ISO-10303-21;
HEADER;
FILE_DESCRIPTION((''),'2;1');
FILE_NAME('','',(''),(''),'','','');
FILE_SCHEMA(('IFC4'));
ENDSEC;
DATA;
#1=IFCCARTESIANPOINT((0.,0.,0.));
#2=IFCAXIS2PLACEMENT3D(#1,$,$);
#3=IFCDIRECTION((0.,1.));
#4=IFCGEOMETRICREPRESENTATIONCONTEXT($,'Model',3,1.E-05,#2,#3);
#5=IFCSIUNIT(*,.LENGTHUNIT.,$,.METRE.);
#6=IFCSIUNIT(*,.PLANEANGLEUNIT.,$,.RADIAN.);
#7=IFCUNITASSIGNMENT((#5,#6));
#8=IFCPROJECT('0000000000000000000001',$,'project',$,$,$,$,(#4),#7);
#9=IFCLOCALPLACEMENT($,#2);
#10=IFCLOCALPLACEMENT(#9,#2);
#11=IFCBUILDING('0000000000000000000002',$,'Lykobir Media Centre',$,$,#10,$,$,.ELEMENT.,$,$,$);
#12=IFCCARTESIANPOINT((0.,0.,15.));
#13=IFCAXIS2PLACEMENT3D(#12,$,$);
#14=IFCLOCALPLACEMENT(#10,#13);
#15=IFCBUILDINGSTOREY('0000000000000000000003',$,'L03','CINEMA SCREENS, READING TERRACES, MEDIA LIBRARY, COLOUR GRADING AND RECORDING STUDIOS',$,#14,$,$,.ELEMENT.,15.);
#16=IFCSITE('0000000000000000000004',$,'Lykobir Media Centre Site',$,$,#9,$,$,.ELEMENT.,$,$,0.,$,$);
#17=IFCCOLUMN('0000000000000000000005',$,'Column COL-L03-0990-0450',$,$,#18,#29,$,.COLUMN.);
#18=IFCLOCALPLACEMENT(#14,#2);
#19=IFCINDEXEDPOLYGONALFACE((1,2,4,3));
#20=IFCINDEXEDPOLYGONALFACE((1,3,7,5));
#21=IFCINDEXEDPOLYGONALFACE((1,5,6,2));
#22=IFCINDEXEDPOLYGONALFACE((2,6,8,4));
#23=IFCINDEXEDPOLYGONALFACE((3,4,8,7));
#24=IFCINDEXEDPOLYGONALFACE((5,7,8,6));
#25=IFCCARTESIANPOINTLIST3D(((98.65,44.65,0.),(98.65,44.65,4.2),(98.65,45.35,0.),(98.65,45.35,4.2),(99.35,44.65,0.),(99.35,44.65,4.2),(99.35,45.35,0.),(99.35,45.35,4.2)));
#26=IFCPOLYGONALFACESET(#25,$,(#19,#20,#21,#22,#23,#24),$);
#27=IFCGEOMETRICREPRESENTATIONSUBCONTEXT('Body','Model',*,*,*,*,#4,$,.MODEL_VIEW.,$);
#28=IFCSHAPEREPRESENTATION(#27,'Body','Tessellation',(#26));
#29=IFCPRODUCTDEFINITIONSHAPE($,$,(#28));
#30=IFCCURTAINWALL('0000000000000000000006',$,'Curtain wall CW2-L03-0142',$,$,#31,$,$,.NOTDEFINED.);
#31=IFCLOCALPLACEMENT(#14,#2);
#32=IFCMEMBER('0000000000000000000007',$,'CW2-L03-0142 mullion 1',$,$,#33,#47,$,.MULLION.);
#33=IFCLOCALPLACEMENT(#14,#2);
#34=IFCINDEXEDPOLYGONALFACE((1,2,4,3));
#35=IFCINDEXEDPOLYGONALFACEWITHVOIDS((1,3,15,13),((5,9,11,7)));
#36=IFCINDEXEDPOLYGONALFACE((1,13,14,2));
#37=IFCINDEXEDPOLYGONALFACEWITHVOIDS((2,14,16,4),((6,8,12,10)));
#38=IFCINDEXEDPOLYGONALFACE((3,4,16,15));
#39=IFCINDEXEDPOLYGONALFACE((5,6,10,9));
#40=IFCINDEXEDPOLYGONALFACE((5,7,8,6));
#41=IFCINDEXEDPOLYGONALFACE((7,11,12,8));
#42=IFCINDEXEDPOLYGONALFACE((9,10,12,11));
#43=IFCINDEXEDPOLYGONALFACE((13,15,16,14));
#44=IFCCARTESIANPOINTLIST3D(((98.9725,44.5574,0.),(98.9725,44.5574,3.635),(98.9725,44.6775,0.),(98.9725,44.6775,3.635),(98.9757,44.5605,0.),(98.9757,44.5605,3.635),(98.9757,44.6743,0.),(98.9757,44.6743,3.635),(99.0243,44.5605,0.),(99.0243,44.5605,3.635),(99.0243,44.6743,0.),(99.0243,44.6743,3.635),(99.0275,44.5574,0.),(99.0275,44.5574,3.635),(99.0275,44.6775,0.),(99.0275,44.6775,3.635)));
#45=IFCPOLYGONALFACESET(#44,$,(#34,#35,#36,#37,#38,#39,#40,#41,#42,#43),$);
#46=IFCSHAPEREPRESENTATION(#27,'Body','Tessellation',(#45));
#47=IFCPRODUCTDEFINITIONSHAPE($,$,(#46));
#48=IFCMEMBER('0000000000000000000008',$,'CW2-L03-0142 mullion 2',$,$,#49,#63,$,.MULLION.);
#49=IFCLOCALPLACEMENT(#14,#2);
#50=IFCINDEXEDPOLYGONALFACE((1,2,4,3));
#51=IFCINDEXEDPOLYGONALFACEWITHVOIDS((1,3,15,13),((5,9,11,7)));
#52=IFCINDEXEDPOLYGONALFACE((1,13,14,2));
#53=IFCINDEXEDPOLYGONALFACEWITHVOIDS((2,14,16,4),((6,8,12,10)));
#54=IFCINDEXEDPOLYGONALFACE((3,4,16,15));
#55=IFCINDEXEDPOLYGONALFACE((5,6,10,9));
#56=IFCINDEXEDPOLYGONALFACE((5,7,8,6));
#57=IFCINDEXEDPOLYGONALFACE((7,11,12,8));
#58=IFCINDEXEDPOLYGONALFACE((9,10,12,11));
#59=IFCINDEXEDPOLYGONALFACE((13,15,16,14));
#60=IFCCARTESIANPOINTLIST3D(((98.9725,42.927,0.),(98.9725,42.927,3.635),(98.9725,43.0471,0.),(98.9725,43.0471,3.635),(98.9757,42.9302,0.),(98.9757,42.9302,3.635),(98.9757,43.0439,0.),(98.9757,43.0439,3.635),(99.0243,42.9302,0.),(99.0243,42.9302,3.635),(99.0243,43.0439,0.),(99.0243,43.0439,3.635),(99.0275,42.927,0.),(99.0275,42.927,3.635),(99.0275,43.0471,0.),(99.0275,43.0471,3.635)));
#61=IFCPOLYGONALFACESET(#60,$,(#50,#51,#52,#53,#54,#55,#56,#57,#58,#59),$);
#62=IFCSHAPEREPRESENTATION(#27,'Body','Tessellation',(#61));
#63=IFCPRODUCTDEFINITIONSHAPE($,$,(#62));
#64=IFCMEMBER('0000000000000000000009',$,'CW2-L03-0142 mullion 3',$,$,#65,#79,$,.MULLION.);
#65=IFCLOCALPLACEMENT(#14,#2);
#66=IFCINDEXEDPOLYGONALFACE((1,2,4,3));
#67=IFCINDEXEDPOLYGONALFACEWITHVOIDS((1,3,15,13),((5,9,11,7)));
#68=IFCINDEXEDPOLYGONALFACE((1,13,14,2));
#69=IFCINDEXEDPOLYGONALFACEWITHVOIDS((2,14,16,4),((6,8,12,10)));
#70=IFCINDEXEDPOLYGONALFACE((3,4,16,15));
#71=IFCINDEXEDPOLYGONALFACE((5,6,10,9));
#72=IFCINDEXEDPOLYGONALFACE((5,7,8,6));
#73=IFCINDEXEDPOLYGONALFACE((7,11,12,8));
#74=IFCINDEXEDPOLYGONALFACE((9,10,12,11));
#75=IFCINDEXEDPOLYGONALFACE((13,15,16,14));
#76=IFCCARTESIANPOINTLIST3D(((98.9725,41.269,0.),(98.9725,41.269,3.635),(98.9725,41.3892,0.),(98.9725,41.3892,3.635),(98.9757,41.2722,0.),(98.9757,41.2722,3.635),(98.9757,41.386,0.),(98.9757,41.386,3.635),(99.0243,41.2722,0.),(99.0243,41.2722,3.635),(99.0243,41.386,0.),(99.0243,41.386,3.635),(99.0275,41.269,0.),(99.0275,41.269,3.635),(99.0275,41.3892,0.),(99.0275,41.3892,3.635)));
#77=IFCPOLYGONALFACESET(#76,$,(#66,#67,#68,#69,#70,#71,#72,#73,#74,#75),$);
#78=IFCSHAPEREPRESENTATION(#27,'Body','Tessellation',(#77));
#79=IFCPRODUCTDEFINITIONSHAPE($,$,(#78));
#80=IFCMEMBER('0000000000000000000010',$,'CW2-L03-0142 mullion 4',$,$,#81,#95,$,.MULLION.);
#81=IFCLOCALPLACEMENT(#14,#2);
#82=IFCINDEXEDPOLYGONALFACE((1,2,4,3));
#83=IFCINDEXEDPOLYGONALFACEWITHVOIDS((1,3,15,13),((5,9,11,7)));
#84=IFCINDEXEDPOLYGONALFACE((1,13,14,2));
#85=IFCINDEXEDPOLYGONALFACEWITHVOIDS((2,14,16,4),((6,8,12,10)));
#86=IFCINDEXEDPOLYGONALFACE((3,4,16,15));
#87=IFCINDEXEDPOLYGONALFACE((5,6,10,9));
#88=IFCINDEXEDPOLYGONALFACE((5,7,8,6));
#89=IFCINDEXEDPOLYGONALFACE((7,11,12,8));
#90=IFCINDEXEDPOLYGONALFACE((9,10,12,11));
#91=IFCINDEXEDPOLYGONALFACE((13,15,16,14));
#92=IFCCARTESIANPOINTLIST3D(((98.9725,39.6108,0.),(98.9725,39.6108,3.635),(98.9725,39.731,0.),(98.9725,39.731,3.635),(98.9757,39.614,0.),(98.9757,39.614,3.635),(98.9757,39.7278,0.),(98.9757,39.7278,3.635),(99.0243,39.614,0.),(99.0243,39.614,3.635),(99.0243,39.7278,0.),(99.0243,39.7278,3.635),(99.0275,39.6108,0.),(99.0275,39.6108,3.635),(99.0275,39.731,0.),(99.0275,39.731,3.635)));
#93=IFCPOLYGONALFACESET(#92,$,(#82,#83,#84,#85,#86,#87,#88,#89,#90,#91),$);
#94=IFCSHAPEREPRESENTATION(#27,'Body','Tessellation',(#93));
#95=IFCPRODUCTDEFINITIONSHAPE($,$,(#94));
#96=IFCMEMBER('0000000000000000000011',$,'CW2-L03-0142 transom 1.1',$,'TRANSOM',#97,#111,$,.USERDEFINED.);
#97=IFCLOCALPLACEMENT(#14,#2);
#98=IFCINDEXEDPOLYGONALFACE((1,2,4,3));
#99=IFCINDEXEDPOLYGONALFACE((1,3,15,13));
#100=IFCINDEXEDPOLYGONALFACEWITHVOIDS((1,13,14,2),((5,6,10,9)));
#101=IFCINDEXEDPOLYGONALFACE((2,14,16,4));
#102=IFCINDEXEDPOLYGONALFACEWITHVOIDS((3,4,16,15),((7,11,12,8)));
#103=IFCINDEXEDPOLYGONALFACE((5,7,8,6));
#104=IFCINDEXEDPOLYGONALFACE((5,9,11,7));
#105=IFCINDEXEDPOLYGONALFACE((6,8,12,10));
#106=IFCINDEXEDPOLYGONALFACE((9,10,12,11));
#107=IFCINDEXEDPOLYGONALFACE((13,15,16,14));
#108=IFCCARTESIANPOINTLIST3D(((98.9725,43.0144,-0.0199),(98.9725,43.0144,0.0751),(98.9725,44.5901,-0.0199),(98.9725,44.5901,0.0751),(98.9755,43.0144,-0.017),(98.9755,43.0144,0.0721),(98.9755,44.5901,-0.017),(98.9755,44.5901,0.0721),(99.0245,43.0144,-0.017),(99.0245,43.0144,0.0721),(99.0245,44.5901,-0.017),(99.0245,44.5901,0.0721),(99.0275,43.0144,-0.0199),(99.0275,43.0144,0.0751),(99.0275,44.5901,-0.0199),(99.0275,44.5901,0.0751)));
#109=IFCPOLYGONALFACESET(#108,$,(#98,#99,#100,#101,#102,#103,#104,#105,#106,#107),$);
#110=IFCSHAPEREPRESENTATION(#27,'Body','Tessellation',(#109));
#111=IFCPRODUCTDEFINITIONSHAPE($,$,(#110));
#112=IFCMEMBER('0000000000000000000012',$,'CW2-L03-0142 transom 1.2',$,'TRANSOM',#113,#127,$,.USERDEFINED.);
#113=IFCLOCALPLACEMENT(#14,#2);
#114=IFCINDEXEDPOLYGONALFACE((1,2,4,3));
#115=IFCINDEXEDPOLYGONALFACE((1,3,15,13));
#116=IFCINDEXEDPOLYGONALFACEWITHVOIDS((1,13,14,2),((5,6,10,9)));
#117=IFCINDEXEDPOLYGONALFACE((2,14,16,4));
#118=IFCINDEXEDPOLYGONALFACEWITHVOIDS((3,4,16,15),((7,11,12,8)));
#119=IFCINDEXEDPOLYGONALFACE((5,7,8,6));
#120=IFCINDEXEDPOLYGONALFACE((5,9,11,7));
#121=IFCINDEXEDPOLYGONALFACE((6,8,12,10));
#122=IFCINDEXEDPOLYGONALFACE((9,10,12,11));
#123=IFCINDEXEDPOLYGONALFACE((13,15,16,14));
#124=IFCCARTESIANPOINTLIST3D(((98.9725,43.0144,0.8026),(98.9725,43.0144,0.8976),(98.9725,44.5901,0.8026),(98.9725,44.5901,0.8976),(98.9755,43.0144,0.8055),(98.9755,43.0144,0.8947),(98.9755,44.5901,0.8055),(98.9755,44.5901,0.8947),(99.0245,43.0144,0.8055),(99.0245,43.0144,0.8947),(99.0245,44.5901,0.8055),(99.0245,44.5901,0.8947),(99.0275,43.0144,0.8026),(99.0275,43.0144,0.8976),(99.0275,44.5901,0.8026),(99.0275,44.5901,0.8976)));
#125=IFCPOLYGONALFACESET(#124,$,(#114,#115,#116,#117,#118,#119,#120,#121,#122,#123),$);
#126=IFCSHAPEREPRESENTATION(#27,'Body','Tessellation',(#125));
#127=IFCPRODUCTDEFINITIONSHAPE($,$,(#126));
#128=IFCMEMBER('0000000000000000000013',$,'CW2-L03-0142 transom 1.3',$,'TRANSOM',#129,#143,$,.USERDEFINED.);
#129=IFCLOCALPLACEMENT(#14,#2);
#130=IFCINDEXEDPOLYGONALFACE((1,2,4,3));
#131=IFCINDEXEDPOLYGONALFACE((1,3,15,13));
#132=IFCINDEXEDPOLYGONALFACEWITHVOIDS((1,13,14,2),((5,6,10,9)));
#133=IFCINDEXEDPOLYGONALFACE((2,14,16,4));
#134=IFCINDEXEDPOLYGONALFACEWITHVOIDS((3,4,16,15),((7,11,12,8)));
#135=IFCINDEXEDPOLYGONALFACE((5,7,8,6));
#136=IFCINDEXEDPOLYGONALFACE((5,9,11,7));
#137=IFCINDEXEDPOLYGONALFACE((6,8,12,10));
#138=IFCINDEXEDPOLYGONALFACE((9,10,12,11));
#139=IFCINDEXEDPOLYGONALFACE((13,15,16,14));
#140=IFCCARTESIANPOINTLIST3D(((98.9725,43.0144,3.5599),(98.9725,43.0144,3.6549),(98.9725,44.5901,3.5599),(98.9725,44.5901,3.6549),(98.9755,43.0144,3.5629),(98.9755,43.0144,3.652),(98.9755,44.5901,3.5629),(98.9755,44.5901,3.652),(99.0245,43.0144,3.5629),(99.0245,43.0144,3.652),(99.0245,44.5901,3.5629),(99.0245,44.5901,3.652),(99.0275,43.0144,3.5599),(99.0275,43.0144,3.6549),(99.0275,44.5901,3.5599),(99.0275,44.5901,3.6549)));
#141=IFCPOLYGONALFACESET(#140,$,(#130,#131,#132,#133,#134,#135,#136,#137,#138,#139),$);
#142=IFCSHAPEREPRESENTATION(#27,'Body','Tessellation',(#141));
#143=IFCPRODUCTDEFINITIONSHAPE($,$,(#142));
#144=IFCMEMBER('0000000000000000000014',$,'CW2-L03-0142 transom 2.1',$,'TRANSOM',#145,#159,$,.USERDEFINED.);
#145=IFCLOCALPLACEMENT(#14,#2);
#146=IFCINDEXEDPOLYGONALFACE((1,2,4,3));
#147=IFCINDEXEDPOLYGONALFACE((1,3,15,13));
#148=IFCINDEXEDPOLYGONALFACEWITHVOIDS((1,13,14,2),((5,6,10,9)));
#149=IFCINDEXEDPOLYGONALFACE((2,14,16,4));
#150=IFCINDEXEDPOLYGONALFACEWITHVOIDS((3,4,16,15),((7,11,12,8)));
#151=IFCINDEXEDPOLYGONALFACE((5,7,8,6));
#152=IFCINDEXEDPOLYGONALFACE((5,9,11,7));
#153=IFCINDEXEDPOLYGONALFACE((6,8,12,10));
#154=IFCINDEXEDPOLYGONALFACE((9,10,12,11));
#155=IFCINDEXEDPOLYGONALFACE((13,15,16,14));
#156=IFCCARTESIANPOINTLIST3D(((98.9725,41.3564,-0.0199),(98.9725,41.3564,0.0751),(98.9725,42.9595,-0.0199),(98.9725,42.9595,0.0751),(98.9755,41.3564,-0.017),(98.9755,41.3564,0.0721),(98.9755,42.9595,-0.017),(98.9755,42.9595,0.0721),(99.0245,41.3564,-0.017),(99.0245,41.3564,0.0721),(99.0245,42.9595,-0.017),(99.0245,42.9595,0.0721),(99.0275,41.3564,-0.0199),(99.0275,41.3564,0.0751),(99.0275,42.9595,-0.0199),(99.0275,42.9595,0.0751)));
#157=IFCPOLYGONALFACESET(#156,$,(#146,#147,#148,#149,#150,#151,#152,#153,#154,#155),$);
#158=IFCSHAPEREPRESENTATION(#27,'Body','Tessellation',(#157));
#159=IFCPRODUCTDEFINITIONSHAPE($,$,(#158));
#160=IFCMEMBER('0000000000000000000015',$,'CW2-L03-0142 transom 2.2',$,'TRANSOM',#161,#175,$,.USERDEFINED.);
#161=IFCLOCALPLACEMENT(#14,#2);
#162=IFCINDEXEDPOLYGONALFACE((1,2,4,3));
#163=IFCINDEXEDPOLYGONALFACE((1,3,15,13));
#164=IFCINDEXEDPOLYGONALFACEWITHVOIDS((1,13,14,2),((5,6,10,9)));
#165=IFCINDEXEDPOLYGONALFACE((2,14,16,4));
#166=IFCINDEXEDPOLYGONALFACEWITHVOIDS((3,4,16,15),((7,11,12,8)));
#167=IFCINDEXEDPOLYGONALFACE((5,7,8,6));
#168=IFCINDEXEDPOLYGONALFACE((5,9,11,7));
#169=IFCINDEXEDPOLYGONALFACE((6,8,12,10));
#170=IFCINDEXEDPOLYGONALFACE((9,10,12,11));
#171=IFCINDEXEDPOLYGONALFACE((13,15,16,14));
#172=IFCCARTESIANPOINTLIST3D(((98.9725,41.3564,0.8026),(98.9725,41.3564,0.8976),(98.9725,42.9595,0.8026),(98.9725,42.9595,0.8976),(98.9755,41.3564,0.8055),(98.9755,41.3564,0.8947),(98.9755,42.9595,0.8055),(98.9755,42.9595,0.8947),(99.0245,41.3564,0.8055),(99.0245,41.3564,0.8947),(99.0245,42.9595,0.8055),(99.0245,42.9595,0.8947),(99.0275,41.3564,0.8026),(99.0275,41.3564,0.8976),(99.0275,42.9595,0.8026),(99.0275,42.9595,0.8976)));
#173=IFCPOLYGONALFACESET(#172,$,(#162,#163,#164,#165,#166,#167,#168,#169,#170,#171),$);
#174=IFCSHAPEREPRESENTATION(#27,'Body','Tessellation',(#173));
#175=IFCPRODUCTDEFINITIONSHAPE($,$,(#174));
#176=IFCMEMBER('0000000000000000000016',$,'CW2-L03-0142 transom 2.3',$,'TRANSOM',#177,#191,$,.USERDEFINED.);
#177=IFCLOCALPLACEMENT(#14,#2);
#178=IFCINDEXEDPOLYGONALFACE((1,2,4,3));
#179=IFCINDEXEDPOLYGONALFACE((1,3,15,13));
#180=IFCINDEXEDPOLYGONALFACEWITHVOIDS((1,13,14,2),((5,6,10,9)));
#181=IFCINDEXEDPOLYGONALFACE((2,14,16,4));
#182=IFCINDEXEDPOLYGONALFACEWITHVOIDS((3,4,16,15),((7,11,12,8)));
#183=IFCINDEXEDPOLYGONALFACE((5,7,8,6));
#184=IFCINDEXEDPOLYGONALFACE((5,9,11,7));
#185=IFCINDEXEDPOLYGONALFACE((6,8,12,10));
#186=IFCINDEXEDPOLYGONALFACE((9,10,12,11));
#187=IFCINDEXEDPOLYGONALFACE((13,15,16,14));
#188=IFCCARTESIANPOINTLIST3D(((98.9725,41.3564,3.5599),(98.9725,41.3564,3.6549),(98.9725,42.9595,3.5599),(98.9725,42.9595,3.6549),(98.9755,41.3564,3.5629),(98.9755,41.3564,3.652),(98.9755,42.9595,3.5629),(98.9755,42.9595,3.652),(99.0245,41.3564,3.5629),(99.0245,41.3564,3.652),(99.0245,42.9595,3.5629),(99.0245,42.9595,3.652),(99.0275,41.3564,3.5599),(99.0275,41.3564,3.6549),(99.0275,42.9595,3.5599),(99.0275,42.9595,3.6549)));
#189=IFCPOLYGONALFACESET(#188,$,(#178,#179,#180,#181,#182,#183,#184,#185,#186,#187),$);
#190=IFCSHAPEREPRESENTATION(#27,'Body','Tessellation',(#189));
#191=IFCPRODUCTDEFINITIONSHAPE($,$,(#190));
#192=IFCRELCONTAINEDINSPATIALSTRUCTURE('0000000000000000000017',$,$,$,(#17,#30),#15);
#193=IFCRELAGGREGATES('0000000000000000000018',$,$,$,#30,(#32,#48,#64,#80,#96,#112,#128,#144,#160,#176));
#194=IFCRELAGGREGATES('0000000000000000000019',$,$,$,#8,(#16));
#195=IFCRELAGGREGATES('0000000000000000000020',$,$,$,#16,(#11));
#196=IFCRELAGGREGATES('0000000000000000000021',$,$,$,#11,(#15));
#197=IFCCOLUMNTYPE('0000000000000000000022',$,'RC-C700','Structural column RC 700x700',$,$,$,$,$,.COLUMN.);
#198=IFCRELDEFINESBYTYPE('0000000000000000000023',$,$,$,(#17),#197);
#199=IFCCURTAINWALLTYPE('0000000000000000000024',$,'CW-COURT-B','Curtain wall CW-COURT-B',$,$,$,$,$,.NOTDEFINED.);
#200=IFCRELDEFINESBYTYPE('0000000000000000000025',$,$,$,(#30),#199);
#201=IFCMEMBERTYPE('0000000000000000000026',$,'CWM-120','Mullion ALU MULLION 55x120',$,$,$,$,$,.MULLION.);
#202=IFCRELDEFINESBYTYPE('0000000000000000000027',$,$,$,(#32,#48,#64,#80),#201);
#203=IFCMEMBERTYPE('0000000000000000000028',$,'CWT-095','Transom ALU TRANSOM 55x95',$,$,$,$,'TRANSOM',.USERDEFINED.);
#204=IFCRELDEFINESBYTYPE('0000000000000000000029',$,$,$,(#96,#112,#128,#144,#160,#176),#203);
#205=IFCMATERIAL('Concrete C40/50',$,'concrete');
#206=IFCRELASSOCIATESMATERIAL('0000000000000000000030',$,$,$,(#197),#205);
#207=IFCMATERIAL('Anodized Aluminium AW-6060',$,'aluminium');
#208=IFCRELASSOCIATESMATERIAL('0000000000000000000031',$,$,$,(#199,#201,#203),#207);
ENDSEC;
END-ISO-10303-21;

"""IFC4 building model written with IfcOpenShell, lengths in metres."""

from ifc_helpers import new_model, si_unit, direction, frame, origin, origin_2d, place, context, subcontext, project, spatial, rectangle, hollow_rectangle, extrude, material, material_profile, profile_set, type_object, element, aggregate, save


model = new_model("IFC4")

# Units and contexts
model_context = context("Model", 3, precision=1e-05, world=origin(), true_north=direction((0.0, 1.0)))
body_context = subcontext(model_context, "Body", "Model", "MODEL_VIEW")
ifc_project = project(units=[si_unit("LENGTHUNIT", "METRE"), si_unit("PLANEANGLEUNIT", "RADIAN")], contexts=[model_context])

# Site, building, storey
site_placement = place(None, origin())
site = spatial("IfcSite", under=ifc_project, at=site_placement, Name="Lykobir Media Centre Site", CompositionType="ELEMENT", RefElevation=0.0)
building_placement = place(site_placement, origin())
building = spatial("IfcBuilding", under=site, at=building_placement, Name="Lykobir Media Centre", CompositionType="ELEMENT")
storey_placement = place(building_placement, frame((0.0, 0.0, 15.0)))
storey = spatial("IfcBuildingStorey", under=building, at=storey_placement, Name="L03", Description="CINEMA SCREENS, READING TERRACES, MEDIA LIBRARY, COLOUR GRADING AND RECORDING STUDIOS", CompositionType="ELEMENT", Elevation=15.0)

# Column
ifc_material_1 = material(Name="Concrete C40/50", Category="concrete")
ifc_material_profile_1 = material_profile(ifc_material_1, rectangle(XDim=0.7, YDim=0.7, at=origin_2d()), Name="RC 700x700")
ifc_profile_set_1 = profile_set([ifc_material_profile_1], Name="Concrete C40/50")
column_type = type_object("IfcColumnType", Name="RC-C700", Description="Structural column RC 700x700", PredefinedType="COLUMN", material=ifc_profile_set_1)
column_placement = place(storey_placement, frame((99.0, 45.0, 0.0), z_axis=(0.0, 0.0, 1.0), x_axis=(1.0, 0.0, 0.0)))
element("IfcColumn", 1, at=column_placement, inside=storey, type_object=column_type, Name="Column COL-L03-0990-0450", PredefinedType="COLUMN", context=body_context, shape_type="SweptSolid", body=[
    extrude(rectangle(XDim=0.7, YDim=0.7, at=origin_2d()), origin(), (0.0, 0.0, 1.0), 4.2),
])

# Curtain wall, members
ifc_material_2 = material(Name="Anodized Aluminium AW-6060", Category="aluminium")
curtain_wall_type = type_object("IfcCurtainWallType", Name="CW-COURT-B", Description="Curtain wall CW-COURT-B", PredefinedType="NOTDEFINED", material=ifc_material_2)
curtain_wall_placement = place(storey_placement, origin())
curtain_wall = element("IfcCurtainWall", 2, at=curtain_wall_placement, inside=storey, type_object=curtain_wall_type, Name="Curtain wall CW2-L03-0142", PredefinedType="NOTDEFINED")
ifc_material_profile_2 = material_profile(ifc_material_2, hollow_rectangle(XDim=0.0549, YDim=0.1201, WallThickness=0.0032, at=origin_2d()), Name="ALU MULLION 55x120")
ifc_profile_set_2 = profile_set([ifc_material_profile_2], Name="Anodized Aluminium AW-6060")
member_type_1 = type_object("IfcMemberType", Name="CWM-120", Description="Mullion ALU MULLION 55x120", PredefinedType="MULLION", material=ifc_profile_set_2)
member_1_placement = place(storey_placement, frame((99.0, 44.6174, 0.0), z_axis=(0.0, 0.0, 1.0), x_axis=(1.0, 0.0, 0.0)))
member_1 = element("IfcMember", 3, at=member_1_placement, type_object=member_type_1, Name="CW2-L03-0142 mullion 1", PredefinedType="MULLION", context=body_context, shape_type="SweptSolid", body=[
    extrude(hollow_rectangle(XDim=0.0549, YDim=0.1201, WallThickness=0.0032, at=origin_2d()), origin(), (0.0, 0.0, 1.0), 3.635),
])
member_2_placement = place(storey_placement, frame((99.0, 42.9871, 0.0), z_axis=(0.0, 0.0, 1.0), x_axis=(1.0, 0.0, 0.0)))
member_2 = element("IfcMember", 4, at=member_2_placement, type_object=member_type_1, Name="CW2-L03-0142 mullion 2", PredefinedType="MULLION", context=body_context, shape_type="SweptSolid", body=[
    extrude(hollow_rectangle(XDim=0.0549, YDim=0.1201, WallThickness=0.0032, at=origin_2d()), origin(), (0.0, 0.0, 1.0), 3.635),
])
member_3_placement = place(storey_placement, frame((99.0, 41.3291, 0.0), z_axis=(0.0, 0.0, 1.0), x_axis=(1.0, 0.0, 0.0)))
member_3 = element("IfcMember", 5, at=member_3_placement, type_object=member_type_1, Name="CW2-L03-0142 mullion 3", PredefinedType="MULLION", context=body_context, shape_type="SweptSolid", body=[
    extrude(hollow_rectangle(XDim=0.0549, YDim=0.1201, WallThickness=0.0032, at=origin_2d()), origin(), (0.0, 0.0, 1.0), 3.635),
])
member_4_placement = place(storey_placement, frame((99.0, 39.6709, 0.0), z_axis=(0.0, 0.0, 1.0), x_axis=(1.0, 0.0, 0.0)))
member_4 = element("IfcMember", 6, at=member_4_placement, type_object=member_type_1, Name="CW2-L03-0142 mullion 4", PredefinedType="MULLION", context=body_context, shape_type="SweptSolid", body=[
    extrude(hollow_rectangle(XDim=0.0549, YDim=0.1201, WallThickness=0.0032, at=origin_2d()), origin(), (0.0, 0.0, 1.0), 3.635),
])
ifc_material_profile_3 = material_profile(ifc_material_2, hollow_rectangle(XDim=0.0549, YDim=0.095, WallThickness=0.0029, at=origin_2d()), Name="ALU TRANSOM 55x95")
ifc_profile_set_3 = profile_set([ifc_material_profile_3], Name="Anodized Aluminium AW-6060")
member_type_2 = type_object("IfcMemberType", Name="CWT-095", Description="Transom ALU TRANSOM 55x95", ElementType="TRANSOM", PredefinedType="USERDEFINED", material=ifc_profile_set_3)
member_5_placement = place(storey_placement, frame((99.0, 44.5901, 0.0276), z_axis=(0.0, -1.0, 0.0), x_axis=(1.0, 0.0, 0.0)))
member_5 = element("IfcMember", 7, at=member_5_placement, type_object=member_type_2, Name="CW2-L03-0142 transom 1.1", ObjectType="TRANSOM", PredefinedType="USERDEFINED", context=body_context, shape_type="SweptSolid", body=[
    extrude(hollow_rectangle(XDim=0.0549, YDim=0.095, WallThickness=0.0029, at=origin_2d()), origin(), (0.0, 0.0, 1.0), 1.5757),
])
member_6_placement = place(storey_placement, frame((99.0, 44.5901, 0.8501), z_axis=(0.0, -1.0, 0.0), x_axis=(1.0, 0.0, 0.0)))
member_6 = element("IfcMember", 8, at=member_6_placement, type_object=member_type_2, Name="CW2-L03-0142 transom 1.2", ObjectType="TRANSOM", PredefinedType="USERDEFINED", context=body_context, shape_type="SweptSolid", body=[
    extrude(hollow_rectangle(XDim=0.0549, YDim=0.095, WallThickness=0.0029, at=origin_2d()), origin(), (0.0, 0.0, 1.0), 1.5757),
])
member_7_placement = place(storey_placement, frame((99.0, 44.5901, 3.6074), z_axis=(0.0, -1.0, 0.0), x_axis=(1.0, 0.0, 0.0)))
member_7 = element("IfcMember", 9, at=member_7_placement, type_object=member_type_2, Name="CW2-L03-0142 transom 1.3", ObjectType="TRANSOM", PredefinedType="USERDEFINED", context=body_context, shape_type="SweptSolid", body=[
    extrude(hollow_rectangle(XDim=0.0549, YDim=0.095, WallThickness=0.0029, at=origin_2d()), origin(), (0.0, 0.0, 1.0), 1.5757),
])
member_8_placement = place(storey_placement, frame((99.0, 42.9595, 0.0276), z_axis=(0.0, -1.0, 0.0), x_axis=(1.0, 0.0, 0.0)))
member_8 = element("IfcMember", 10, at=member_8_placement, type_object=member_type_2, Name="CW2-L03-0142 transom 2.1", ObjectType="TRANSOM", PredefinedType="USERDEFINED", context=body_context, shape_type="SweptSolid", body=[
    extrude(hollow_rectangle(XDim=0.0549, YDim=0.095, WallThickness=0.0029, at=origin_2d()), origin(), (0.0, 0.0, 1.0), 1.603),
])
member_9_placement = place(storey_placement, frame((99.0, 42.9595, 0.8501), z_axis=(0.0, -1.0, 0.0), x_axis=(1.0, 0.0, 0.0)))
member_9 = element("IfcMember", 11, at=member_9_placement, type_object=member_type_2, Name="CW2-L03-0142 transom 2.2", ObjectType="TRANSOM", PredefinedType="USERDEFINED", context=body_context, shape_type="SweptSolid", body=[
    extrude(hollow_rectangle(XDim=0.0549, YDim=0.095, WallThickness=0.0029, at=origin_2d()), origin(), (0.0, 0.0, 1.0), 1.603),
])
member_10_placement = place(storey_placement, frame((99.0, 42.9595, 3.6074), z_axis=(0.0, -1.0, 0.0), x_axis=(1.0, 0.0, 0.0)))
member_10 = element("IfcMember", 12, at=member_10_placement, type_object=member_type_2, Name="CW2-L03-0142 transom 2.3", ObjectType="TRANSOM", PredefinedType="USERDEFINED", context=body_context, shape_type="SweptSolid", body=[
    extrude(hollow_rectangle(XDim=0.0549, YDim=0.095, WallThickness=0.0029, at=origin_2d()), origin(), (0.0, 0.0, 1.0), 1.603),
])
aggregate(curtain_wall, [member_1, member_2, member_3, member_4, member_5, member_6, member_7, member_8, member_9, member_10])

save(model, "model.ifc")
